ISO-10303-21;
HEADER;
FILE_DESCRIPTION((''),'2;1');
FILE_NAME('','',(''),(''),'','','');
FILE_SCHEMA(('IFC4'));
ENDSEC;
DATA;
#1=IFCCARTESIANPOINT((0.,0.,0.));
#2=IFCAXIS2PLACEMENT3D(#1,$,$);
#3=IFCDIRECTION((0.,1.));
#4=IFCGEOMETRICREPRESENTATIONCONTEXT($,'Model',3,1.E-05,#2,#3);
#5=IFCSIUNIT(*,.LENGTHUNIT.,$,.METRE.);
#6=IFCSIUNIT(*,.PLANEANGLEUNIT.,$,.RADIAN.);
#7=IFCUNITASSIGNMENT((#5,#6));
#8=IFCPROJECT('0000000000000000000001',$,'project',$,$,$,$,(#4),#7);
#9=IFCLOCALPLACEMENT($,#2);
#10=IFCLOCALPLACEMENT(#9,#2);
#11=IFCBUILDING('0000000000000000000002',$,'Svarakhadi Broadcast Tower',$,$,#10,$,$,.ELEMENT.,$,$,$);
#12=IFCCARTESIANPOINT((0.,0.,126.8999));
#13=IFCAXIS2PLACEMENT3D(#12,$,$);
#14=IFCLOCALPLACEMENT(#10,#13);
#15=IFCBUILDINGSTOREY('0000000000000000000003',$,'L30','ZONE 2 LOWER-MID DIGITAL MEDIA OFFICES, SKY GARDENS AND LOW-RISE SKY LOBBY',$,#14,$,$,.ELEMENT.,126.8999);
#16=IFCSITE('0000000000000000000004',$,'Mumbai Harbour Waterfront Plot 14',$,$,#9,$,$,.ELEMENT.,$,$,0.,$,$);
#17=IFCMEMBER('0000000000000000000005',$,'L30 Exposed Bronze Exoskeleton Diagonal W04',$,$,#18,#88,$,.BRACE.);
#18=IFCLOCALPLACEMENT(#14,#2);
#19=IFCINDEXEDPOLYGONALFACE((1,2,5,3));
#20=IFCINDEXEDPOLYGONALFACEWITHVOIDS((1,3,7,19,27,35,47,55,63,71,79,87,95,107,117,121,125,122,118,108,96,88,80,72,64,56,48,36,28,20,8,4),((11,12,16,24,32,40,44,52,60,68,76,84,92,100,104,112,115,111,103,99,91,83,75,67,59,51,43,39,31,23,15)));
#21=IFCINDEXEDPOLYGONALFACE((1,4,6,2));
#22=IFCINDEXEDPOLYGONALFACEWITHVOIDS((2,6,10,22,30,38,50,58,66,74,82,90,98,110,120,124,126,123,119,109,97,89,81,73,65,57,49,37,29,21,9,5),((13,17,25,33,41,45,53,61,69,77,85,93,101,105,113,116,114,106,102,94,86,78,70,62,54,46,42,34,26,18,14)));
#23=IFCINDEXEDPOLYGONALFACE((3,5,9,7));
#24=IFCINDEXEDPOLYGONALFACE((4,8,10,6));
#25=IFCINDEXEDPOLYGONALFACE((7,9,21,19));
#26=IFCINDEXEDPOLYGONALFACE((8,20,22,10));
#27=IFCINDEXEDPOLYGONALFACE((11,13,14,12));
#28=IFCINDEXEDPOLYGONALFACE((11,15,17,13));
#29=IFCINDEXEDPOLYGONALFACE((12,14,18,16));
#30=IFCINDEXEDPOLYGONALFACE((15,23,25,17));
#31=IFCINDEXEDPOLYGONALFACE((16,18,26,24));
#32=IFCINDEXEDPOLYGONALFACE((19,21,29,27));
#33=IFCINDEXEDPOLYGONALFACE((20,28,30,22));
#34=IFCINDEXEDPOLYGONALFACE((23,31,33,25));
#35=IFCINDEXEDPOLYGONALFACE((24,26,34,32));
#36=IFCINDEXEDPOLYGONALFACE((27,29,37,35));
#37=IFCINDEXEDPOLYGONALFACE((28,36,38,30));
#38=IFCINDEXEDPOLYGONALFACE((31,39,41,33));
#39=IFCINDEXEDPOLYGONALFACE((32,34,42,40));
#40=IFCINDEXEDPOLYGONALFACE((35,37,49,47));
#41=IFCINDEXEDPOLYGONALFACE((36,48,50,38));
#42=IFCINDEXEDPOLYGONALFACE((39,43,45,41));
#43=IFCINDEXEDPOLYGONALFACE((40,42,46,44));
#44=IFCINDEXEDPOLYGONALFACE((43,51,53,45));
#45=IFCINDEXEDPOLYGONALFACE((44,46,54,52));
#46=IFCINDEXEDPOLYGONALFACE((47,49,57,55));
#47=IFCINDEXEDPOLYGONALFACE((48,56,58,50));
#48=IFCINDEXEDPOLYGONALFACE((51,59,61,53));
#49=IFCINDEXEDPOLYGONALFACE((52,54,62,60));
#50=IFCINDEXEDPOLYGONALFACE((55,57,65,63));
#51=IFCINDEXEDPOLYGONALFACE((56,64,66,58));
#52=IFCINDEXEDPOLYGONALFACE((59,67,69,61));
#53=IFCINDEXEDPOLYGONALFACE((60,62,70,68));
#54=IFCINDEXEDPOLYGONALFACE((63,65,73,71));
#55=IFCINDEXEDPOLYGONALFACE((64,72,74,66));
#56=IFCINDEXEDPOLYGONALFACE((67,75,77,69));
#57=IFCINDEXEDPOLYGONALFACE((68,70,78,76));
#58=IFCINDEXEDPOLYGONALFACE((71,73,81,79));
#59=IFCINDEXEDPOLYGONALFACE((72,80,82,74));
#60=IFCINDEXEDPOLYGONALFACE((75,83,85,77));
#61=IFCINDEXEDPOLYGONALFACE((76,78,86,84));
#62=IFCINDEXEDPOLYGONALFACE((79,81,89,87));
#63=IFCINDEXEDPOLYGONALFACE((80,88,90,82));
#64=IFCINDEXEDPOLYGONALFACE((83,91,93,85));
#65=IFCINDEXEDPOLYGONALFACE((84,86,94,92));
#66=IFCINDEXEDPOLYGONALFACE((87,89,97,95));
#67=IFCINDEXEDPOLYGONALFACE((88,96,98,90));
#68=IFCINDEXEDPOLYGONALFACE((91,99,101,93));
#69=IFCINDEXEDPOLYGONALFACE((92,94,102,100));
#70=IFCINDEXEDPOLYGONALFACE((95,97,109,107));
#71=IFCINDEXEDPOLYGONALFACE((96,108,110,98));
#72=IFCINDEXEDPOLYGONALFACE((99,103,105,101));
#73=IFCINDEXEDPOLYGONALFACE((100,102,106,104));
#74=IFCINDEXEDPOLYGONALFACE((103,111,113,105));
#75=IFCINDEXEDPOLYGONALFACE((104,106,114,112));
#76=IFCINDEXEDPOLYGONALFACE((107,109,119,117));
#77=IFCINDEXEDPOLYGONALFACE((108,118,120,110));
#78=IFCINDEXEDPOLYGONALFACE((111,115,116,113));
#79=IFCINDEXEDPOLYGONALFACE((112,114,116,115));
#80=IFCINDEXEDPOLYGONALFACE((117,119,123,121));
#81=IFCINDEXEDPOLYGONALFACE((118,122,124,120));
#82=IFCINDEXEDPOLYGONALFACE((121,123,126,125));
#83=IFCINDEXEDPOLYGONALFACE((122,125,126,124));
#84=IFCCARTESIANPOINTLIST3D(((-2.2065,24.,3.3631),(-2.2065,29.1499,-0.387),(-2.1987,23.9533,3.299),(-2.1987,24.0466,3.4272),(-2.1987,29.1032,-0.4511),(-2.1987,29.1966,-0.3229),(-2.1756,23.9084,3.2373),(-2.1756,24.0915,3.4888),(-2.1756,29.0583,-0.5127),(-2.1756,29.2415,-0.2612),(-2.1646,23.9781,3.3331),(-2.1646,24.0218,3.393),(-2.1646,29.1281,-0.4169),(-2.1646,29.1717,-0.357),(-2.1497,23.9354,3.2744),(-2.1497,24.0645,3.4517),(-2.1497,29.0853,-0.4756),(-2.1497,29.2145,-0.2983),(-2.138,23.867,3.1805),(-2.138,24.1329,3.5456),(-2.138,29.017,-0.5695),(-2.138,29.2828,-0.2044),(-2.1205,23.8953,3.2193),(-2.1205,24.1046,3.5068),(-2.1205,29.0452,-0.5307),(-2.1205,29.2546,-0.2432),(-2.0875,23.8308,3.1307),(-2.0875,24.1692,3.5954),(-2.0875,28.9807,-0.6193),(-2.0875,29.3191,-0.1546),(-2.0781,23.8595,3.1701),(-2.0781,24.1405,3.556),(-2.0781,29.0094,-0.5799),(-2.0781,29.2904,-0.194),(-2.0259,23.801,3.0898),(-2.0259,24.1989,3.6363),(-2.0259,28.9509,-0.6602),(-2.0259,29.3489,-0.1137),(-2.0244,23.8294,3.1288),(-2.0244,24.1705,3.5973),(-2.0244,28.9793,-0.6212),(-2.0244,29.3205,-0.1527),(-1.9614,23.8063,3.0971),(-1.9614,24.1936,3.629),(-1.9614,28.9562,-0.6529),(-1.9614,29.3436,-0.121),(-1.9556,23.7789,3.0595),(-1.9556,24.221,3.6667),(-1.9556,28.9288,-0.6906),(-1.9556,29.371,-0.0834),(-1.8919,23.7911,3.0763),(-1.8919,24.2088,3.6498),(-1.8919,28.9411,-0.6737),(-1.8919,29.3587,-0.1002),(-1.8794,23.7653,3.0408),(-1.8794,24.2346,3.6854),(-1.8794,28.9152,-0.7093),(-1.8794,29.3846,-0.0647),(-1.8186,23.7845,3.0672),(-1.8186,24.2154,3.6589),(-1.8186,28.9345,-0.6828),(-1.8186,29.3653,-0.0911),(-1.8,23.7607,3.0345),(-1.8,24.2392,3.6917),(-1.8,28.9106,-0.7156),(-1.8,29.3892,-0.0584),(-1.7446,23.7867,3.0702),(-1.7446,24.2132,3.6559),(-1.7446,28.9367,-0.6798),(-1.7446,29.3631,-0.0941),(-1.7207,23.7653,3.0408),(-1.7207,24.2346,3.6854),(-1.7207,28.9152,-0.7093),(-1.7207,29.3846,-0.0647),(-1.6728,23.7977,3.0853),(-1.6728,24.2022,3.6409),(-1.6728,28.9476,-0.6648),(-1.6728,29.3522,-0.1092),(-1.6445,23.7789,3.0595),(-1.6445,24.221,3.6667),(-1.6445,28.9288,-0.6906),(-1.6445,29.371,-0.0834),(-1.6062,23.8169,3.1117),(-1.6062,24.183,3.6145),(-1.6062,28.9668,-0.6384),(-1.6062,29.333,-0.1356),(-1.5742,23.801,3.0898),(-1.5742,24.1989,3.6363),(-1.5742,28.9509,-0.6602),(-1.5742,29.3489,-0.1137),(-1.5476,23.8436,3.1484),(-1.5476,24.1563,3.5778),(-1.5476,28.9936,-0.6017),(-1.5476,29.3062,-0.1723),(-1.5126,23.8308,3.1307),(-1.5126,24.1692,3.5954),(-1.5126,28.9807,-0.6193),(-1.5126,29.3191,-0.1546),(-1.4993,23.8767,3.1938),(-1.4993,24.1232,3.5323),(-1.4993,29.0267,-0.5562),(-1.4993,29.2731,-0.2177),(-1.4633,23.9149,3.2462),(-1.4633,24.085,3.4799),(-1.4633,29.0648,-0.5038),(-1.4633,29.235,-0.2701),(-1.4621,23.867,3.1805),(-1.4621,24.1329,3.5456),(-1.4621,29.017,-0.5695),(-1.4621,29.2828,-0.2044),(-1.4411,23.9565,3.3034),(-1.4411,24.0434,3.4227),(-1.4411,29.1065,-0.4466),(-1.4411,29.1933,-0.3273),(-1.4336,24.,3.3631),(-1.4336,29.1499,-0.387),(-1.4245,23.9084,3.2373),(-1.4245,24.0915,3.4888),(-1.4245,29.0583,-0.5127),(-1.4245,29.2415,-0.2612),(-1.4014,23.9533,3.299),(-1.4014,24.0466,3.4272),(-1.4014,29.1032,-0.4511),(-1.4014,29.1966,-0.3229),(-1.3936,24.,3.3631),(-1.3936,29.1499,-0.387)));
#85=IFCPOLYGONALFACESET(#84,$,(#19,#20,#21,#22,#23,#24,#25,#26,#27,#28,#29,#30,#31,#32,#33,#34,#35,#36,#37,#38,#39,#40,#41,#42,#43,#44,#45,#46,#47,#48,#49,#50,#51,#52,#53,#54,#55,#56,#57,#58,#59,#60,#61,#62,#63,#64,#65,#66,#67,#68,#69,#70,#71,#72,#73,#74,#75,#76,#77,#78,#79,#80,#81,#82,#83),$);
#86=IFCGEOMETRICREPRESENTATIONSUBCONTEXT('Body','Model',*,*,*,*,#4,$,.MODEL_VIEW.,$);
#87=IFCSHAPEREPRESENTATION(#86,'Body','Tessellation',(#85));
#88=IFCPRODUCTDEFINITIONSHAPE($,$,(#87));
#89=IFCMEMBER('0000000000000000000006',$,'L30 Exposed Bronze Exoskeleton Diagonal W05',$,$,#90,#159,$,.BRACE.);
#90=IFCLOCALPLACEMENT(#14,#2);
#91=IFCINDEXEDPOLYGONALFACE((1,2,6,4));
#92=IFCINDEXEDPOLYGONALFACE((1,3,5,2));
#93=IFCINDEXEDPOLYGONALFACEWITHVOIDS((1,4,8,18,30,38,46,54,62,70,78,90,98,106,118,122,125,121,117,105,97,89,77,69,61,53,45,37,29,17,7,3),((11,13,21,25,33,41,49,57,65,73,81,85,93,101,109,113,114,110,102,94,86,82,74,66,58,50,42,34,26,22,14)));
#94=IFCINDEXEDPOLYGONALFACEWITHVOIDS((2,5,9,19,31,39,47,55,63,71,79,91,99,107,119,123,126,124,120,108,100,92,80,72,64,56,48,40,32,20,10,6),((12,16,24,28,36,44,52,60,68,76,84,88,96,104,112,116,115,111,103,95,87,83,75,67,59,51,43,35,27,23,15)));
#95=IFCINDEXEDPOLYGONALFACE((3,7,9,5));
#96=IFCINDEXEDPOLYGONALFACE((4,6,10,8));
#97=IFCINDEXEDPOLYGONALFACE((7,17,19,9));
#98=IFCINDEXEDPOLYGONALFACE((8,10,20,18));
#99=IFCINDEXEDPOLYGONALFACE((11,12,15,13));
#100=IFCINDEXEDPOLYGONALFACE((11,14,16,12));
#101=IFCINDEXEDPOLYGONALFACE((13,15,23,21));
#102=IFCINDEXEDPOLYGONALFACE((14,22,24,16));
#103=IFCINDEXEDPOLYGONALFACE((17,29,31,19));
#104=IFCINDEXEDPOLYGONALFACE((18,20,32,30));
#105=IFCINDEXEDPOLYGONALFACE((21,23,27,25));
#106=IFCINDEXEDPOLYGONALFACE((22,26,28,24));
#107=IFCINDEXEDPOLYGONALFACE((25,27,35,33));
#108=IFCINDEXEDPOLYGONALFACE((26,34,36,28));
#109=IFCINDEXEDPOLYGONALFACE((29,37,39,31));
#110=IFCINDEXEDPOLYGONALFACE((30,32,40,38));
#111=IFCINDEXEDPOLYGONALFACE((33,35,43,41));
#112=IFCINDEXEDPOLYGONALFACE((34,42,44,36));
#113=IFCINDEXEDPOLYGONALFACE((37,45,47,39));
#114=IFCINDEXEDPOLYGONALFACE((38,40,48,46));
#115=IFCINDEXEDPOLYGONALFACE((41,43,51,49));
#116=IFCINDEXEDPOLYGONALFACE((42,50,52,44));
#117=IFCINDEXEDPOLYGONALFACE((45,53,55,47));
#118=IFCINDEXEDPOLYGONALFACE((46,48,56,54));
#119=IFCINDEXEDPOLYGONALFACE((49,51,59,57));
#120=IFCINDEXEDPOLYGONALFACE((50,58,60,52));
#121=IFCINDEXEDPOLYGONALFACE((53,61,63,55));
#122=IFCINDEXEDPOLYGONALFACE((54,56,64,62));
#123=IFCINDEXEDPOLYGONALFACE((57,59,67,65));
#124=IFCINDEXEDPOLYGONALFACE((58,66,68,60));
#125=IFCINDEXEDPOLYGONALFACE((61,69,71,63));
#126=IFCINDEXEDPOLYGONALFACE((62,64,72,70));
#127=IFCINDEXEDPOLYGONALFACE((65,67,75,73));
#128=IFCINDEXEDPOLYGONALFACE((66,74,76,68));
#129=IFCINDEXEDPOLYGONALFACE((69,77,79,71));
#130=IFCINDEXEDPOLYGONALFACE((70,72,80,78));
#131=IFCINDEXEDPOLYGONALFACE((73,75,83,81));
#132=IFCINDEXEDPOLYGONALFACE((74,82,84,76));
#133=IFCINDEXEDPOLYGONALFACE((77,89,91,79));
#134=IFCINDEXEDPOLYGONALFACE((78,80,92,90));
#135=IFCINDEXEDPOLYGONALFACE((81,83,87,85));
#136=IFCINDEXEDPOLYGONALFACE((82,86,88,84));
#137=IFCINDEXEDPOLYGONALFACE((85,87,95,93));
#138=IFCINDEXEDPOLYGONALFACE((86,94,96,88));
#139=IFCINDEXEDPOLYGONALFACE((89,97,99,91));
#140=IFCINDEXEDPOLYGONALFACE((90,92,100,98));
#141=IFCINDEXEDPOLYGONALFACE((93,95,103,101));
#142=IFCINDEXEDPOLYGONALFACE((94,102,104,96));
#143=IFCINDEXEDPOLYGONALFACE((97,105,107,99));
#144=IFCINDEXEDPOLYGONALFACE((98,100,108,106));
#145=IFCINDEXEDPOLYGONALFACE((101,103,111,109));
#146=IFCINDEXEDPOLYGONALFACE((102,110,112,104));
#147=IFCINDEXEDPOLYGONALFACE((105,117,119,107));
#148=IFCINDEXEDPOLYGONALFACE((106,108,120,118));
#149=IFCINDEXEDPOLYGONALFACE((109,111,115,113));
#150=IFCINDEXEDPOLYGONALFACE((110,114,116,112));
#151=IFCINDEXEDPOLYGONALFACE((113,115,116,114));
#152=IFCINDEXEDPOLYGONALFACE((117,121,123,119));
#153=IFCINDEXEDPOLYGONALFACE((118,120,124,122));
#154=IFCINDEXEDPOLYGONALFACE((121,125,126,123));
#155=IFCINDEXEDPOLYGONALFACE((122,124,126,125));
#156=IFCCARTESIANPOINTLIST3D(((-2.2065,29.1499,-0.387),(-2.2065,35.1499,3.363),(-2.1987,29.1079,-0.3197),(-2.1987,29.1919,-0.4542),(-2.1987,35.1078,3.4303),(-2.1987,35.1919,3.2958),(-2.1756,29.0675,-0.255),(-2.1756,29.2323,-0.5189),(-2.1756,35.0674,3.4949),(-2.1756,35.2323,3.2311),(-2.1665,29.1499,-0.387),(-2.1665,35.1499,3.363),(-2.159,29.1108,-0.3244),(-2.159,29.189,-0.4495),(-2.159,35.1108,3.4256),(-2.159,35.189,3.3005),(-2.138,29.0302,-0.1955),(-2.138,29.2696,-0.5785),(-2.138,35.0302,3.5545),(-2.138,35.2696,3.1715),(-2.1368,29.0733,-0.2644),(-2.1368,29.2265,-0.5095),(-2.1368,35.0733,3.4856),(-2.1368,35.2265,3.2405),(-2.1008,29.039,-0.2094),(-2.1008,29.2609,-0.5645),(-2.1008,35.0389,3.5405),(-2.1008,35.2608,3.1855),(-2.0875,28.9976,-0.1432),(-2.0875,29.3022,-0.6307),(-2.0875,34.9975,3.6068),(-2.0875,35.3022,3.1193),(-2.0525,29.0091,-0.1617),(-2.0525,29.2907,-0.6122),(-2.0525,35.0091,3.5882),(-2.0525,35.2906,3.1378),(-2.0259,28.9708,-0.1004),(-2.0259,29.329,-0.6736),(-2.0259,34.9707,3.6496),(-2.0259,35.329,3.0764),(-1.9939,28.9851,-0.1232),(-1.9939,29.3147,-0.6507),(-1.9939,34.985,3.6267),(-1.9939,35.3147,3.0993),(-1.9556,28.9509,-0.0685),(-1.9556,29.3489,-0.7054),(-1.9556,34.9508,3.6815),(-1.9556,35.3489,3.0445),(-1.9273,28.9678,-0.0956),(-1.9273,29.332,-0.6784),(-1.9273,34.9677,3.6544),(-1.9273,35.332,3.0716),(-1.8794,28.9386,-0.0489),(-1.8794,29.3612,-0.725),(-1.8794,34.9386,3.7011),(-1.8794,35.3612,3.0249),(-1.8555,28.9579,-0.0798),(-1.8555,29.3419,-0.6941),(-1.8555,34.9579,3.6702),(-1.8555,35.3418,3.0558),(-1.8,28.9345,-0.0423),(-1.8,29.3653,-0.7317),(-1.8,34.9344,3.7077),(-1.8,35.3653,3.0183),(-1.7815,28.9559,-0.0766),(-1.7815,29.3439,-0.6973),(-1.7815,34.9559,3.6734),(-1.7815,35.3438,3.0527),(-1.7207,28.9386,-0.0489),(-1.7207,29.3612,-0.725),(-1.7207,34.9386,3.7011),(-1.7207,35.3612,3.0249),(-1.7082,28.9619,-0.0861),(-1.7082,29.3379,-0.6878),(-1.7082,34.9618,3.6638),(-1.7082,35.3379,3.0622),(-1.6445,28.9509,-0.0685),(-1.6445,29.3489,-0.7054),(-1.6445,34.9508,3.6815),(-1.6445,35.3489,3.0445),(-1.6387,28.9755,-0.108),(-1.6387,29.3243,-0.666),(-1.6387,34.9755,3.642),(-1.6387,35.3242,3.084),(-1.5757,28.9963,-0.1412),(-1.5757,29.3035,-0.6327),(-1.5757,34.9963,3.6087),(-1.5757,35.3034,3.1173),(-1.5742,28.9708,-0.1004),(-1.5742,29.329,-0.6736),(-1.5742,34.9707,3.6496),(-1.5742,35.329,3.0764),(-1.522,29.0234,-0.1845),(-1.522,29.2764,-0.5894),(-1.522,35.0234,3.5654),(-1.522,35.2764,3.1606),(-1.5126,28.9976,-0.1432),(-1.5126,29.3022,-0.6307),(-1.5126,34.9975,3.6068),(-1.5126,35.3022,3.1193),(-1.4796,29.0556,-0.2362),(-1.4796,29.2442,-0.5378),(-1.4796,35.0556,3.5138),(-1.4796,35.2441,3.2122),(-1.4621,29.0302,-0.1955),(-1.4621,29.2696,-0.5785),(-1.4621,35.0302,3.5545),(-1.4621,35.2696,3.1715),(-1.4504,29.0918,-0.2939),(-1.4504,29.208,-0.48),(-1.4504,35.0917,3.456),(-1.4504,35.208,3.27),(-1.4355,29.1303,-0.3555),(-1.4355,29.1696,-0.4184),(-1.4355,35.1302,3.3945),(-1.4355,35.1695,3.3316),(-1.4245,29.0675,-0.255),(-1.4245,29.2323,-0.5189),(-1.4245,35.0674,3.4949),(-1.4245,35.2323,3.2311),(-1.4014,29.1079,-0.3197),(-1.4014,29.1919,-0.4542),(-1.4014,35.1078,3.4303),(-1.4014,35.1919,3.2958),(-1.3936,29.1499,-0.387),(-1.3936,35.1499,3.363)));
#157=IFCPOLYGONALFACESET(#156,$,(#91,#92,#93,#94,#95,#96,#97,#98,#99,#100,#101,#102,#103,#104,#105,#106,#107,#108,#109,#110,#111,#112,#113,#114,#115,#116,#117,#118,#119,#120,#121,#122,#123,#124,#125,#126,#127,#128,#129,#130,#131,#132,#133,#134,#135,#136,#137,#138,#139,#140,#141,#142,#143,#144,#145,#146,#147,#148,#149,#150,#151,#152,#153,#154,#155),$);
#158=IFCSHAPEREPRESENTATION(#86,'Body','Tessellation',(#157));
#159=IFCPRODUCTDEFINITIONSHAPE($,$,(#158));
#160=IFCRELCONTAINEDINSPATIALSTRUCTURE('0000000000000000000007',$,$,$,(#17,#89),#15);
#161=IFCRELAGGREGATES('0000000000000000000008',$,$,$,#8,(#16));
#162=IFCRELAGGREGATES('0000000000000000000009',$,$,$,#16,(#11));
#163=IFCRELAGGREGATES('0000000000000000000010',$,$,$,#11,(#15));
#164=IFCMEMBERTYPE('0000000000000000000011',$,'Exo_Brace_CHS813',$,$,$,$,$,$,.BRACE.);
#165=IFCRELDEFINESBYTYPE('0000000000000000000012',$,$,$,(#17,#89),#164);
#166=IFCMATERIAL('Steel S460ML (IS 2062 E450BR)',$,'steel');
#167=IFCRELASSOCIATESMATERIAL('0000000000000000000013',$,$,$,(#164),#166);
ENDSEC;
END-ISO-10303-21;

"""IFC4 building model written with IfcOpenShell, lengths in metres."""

from ifc_helpers import new_model, si_unit, direction, frame, origin, origin_2d, place, context, subcontext, project, spatial, hollow_circle, extrude, material, material_profile, profile_set, type_object, element, save


model = new_model("IFC4")

# Units and contexts
model_context = context("Model", 3, precision=1e-05, world=origin(), true_north=direction((0.0, 1.0)))
body_context = subcontext(model_context, "Body", "Model", "MODEL_VIEW")
ifc_project = project(units=[si_unit("LENGTHUNIT", "METRE"), si_unit("PLANEANGLEUNIT", "RADIAN")], contexts=[model_context])

# Site, building, storey
site_placement = place(None, origin())
site = spatial("IfcSite", under=ifc_project, at=site_placement, Name="Mumbai Harbour Waterfront Plot 14", CompositionType="ELEMENT", RefElevation=0.0)
building_placement = place(site_placement, origin())
building = spatial("IfcBuilding", under=site, at=building_placement, Name="Svarakhadi Broadcast Tower", CompositionType="ELEMENT")
storey_placement = place(building_placement, frame((0.0, 0.0, 126.8999)))
storey = spatial("IfcBuildingStorey", under=building, at=storey_placement, Name="L30", Description="ZONE 2 LOWER-MID DIGITAL MEDIA OFFICES, SKY GARDENS AND LOW-RISE SKY LOBBY", CompositionType="ELEMENT", Elevation=126.8999)

# Shared definitions
ifc_material_1 = material(Name="Steel S460ML (IS 2062 E450BR)", Category="steel")

# Members
ifc_material_profile_1 = material_profile(ifc_material_1, hollow_circle(Radius=0.4065, WallThickness=0.04, at=origin_2d()), Name="CHS 813x40")
ifc_profile_set_1 = profile_set([ifc_material_profile_1], Name="Steel S460ML (IS 2062 E450BR)")
member_type_1 = type_object("IfcMemberType", Name="Exo_Brace_CHS813", PredefinedType="BRACE", material=ifc_profile_set_1)
member_1_placement = place(storey_placement, frame((-1.8, 29.1499, -0.387), z_axis=(0.0, -0.808391, 0.588646), x_axis=(1.0, 0.0, 0.0)))
element("IfcMember", 1, at=member_1_placement, inside=storey, type_object=member_type_1, Name="L30 Exposed Bronze Exoskeleton Diagonal W04", PredefinedType="BRACE", context=body_context, shape_type="SweptSolid", body=[
    extrude(hollow_circle(Radius=0.4065, WallThickness=0.04, at=origin_2d()), origin(), (0.0, 0.0, 1.0), 6.3706),
])
member_2_placement = place(storey_placement, frame((-1.8, 29.1499, -0.387), z_axis=(0.0, 0.847998, 0.529999), x_axis=(-1.0, 0.0, 0.0)))
element("IfcMember", 2, at=member_2_placement, inside=storey, type_object=member_type_1, Name="L30 Exposed Bronze Exoskeleton Diagonal W05", PredefinedType="BRACE", context=body_context, shape_type="SweptSolid", body=[
    extrude(hollow_circle(Radius=0.4065, WallThickness=0.04, at=origin_2d()), origin(), (0.0, 0.0, 1.0), 7.0754),
])

save(model, "model.ifc")
